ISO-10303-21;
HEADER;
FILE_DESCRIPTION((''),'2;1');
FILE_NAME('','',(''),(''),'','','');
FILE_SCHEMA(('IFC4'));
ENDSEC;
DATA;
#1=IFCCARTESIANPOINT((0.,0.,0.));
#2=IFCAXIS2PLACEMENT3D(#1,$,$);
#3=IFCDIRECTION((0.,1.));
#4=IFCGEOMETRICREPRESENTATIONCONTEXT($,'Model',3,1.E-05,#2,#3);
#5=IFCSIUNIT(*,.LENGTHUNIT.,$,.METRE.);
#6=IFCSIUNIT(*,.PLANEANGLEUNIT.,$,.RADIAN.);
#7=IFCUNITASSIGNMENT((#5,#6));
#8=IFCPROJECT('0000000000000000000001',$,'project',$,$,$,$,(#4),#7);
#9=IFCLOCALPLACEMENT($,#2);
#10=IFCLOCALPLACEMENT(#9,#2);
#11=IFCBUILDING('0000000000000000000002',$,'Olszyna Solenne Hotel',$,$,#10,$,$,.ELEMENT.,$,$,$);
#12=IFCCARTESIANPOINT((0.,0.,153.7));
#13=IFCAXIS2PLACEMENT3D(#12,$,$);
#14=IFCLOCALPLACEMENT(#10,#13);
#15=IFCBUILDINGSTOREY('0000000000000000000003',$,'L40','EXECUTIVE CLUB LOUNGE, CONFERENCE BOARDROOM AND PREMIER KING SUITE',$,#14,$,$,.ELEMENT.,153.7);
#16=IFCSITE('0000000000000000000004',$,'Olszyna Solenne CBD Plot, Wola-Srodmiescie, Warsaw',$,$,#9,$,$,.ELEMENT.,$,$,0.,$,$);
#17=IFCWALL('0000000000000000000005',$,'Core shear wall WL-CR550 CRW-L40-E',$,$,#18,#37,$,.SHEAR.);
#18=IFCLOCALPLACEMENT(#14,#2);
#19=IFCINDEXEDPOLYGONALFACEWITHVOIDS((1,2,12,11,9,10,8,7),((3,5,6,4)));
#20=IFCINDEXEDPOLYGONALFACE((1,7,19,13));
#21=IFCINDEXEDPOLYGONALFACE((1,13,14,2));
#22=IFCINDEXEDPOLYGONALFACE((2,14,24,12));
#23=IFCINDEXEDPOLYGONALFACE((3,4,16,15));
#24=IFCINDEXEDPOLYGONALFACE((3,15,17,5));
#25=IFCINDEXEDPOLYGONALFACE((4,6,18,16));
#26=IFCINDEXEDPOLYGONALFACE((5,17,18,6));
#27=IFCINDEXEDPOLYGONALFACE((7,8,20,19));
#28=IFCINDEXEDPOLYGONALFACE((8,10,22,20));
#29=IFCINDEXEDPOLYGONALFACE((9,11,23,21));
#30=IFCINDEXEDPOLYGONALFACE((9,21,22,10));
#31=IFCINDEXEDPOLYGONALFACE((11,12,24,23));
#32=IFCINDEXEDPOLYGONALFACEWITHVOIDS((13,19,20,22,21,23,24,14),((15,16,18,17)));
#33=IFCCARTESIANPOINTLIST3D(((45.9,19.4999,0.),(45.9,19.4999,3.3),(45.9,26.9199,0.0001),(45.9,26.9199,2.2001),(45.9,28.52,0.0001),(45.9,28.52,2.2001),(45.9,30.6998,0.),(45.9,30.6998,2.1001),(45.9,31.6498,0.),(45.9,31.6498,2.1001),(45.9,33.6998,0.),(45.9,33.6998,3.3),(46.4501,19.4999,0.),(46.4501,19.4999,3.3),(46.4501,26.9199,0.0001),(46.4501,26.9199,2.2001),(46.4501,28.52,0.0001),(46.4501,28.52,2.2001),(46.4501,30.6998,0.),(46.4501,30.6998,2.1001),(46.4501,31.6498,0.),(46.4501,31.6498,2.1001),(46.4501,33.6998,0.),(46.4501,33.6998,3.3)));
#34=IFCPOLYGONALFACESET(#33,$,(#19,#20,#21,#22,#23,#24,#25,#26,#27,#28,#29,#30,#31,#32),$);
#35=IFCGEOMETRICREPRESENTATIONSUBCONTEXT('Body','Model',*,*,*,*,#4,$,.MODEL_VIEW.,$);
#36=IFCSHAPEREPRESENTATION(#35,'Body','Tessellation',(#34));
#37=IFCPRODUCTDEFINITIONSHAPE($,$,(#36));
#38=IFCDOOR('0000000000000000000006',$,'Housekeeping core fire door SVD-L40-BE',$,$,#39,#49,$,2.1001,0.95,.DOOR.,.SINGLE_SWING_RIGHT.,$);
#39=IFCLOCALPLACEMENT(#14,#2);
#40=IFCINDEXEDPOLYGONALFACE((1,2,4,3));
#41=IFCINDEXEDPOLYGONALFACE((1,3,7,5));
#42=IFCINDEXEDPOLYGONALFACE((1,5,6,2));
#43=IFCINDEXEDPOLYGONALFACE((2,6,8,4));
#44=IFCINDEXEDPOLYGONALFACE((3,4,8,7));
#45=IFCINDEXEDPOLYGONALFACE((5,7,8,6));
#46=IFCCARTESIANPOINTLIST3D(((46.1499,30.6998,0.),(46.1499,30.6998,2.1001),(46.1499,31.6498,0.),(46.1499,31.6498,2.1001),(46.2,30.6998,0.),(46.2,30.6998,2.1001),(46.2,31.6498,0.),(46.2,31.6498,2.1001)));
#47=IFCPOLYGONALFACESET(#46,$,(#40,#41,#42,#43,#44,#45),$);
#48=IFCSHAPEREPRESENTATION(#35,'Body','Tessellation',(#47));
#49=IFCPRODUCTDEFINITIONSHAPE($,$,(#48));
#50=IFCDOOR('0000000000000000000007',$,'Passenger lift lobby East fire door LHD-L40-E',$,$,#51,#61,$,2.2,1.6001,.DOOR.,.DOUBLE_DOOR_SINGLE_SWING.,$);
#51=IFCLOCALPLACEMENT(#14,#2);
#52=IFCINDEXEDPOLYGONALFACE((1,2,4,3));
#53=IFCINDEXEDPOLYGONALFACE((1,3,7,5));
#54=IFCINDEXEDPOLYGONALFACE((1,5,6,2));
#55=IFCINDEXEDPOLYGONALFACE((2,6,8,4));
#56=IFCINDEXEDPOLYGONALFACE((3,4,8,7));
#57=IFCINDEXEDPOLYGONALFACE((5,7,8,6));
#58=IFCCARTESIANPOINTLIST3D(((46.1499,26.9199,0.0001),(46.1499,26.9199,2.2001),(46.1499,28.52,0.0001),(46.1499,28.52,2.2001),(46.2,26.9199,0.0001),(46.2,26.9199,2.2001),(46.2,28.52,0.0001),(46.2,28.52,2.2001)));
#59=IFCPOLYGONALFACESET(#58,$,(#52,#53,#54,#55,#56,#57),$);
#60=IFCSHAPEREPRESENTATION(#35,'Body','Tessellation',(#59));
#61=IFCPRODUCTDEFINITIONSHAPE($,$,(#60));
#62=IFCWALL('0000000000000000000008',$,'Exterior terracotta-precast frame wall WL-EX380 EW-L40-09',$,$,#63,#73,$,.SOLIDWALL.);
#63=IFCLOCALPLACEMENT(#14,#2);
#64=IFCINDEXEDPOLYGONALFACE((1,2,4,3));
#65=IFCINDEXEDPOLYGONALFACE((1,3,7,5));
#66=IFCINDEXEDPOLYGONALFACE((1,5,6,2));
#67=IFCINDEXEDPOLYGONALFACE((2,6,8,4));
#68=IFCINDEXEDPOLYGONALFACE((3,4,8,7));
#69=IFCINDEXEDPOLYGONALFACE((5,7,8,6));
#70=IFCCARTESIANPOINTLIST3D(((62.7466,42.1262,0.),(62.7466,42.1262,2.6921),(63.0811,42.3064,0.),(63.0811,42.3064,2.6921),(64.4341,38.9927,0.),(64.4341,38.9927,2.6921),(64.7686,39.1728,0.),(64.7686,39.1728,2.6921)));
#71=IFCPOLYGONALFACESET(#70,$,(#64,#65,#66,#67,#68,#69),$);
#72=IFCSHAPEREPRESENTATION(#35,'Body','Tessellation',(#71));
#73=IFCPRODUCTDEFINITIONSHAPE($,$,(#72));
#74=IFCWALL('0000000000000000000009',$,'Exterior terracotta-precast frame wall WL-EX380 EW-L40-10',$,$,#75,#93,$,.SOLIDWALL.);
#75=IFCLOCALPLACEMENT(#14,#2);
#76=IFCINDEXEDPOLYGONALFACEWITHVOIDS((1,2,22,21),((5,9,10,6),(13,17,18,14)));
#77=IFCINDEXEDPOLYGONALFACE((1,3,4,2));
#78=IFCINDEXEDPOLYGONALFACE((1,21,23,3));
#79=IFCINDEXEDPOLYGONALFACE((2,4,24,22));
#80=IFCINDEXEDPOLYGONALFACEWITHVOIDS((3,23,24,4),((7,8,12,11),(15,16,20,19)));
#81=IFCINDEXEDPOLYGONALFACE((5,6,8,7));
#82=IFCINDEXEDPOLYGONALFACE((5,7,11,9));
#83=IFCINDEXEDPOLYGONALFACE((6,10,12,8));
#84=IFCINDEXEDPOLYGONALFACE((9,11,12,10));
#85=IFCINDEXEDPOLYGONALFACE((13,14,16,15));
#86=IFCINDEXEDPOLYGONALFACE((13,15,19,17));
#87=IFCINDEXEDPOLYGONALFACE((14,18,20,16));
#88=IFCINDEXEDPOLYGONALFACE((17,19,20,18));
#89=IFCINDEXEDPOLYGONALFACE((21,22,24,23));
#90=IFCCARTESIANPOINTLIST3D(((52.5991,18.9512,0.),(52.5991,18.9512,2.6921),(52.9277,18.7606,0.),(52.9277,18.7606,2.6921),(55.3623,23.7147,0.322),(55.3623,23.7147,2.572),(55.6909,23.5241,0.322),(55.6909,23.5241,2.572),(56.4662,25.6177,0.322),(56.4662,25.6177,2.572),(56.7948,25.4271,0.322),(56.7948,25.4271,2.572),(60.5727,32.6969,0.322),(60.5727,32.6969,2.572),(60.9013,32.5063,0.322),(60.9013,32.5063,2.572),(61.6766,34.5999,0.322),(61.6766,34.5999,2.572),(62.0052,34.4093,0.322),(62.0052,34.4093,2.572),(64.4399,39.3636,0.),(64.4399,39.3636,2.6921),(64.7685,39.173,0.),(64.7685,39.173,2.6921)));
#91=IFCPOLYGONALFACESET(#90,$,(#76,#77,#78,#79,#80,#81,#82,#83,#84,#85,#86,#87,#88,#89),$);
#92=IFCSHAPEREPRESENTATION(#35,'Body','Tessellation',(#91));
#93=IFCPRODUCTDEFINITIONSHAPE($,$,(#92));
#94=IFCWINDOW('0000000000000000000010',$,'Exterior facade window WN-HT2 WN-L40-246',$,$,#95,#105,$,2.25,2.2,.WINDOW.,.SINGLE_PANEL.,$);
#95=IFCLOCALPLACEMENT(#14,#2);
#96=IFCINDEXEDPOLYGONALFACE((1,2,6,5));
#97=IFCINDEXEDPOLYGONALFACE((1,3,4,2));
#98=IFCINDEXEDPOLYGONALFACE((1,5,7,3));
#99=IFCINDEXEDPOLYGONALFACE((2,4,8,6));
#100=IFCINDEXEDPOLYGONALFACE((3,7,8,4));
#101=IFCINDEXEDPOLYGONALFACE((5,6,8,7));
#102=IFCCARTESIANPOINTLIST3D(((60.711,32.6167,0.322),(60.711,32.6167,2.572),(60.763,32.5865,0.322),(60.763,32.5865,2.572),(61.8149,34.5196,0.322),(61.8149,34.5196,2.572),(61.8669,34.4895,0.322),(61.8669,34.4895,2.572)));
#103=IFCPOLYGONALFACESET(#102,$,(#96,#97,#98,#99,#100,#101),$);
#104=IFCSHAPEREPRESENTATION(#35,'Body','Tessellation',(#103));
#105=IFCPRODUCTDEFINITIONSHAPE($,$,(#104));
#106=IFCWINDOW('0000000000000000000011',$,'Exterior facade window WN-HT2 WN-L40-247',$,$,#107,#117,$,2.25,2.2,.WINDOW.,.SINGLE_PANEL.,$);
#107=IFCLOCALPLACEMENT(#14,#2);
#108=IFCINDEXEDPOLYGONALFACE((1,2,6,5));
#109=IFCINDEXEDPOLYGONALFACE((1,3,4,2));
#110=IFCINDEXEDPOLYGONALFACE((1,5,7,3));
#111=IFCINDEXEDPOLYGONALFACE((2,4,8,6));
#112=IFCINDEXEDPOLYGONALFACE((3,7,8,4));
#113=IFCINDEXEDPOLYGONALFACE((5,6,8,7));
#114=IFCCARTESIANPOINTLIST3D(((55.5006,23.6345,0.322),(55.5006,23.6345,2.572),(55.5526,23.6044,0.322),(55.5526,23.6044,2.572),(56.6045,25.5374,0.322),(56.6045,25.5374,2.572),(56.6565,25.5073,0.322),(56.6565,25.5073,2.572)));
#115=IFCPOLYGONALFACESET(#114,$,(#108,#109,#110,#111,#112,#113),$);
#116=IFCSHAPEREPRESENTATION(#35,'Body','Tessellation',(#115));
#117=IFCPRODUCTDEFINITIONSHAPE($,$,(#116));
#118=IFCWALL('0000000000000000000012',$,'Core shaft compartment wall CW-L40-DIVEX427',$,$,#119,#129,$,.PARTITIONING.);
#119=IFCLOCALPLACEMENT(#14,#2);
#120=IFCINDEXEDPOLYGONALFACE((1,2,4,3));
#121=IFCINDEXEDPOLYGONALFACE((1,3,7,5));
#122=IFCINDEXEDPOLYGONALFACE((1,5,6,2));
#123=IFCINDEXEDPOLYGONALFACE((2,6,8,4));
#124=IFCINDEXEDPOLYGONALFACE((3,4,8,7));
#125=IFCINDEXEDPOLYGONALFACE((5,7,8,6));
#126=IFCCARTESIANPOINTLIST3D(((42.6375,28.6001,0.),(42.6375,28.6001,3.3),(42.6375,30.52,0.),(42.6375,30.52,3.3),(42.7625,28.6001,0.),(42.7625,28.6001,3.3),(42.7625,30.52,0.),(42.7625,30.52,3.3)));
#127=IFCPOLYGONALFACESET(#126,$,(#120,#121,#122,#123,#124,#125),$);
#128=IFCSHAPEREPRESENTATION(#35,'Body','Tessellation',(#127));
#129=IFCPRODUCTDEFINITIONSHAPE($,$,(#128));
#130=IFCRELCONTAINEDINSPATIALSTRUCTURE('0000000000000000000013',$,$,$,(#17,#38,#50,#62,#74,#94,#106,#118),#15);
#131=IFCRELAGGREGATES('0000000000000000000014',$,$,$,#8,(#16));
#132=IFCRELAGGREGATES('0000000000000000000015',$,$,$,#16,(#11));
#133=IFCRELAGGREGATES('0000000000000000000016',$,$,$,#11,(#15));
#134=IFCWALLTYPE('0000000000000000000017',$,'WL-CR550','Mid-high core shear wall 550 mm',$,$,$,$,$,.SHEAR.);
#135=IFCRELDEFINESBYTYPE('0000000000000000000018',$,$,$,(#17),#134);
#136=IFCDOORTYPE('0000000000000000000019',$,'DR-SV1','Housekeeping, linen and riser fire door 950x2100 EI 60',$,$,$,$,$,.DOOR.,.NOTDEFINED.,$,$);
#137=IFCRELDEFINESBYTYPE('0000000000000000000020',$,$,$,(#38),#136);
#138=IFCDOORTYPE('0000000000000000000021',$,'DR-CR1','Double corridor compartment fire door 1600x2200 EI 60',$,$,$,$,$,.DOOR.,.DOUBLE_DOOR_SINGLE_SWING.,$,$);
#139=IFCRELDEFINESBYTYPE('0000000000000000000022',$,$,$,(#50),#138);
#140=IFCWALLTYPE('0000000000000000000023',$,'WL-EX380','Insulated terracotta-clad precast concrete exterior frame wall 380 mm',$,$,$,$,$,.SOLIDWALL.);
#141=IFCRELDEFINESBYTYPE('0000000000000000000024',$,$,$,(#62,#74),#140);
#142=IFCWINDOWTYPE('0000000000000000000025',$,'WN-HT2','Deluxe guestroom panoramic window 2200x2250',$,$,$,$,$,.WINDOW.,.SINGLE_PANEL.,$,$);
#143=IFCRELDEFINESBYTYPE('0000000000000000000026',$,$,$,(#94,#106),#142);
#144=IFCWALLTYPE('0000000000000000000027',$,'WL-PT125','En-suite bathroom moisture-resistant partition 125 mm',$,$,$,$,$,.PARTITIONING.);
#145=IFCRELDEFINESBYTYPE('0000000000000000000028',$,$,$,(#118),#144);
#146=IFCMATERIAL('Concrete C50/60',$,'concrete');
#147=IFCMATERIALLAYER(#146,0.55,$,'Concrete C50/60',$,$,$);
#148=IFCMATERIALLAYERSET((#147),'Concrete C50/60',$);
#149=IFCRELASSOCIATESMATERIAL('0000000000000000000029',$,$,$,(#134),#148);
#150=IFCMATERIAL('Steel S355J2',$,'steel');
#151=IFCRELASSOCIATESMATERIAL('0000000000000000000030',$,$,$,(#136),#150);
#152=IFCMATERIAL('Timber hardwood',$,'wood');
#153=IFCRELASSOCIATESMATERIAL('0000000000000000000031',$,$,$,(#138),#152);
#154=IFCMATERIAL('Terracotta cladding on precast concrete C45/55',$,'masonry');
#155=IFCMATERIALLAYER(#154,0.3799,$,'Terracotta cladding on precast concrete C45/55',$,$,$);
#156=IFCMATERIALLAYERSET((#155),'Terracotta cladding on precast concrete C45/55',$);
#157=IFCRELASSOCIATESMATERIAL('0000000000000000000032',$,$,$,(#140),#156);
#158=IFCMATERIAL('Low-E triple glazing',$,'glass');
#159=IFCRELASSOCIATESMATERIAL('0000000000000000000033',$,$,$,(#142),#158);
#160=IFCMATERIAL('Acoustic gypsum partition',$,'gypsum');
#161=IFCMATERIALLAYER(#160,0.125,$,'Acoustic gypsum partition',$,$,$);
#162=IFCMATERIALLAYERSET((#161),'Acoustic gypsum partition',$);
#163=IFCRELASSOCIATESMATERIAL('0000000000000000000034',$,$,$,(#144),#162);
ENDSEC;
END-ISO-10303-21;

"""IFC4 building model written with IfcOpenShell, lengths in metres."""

from ifc_helpers import new_model, si_unit, direction, frame, frame_2d, origin, place, context, subcontext, project, spatial, rectangle, extrude, source, transform, mapped, material, layer, layer_set, type_object, type_shapes, element, fill, save


model = new_model("IFC4")

# Units and contexts
model_context = context("Model", 3, precision=1e-05, world=origin(), true_north=direction((0.0, 1.0)))
body_context = subcontext(model_context, "Body", "Model", "MODEL_VIEW")
ifc_project = project(units=[si_unit("LENGTHUNIT", "METRE"), si_unit("PLANEANGLEUNIT", "RADIAN")], contexts=[model_context])

# Site, building, storey
site_placement = place(None, origin())
site = spatial("IfcSite", under=ifc_project, at=site_placement, Name="Olszyna Solenne CBD Plot, Wola-Srodmiescie, Warsaw", CompositionType="ELEMENT", RefElevation=0.0)
building_placement = place(site_placement, origin())
building = spatial("IfcBuilding", under=site, at=building_placement, Name="Olszyna Solenne Hotel", CompositionType="ELEMENT")
storey_placement = place(building_placement, frame((0.0, 0.0, 153.7)))
storey = spatial("IfcBuildingStorey", under=building, at=storey_placement, Name="L40", Description="EXECUTIVE CLUB LOUNGE, CONFERENCE BOARDROOM AND PREMIER KING SUITE", CompositionType="ELEMENT", Elevation=153.7)

# Shared definitions
ifc_material_1 = material(Name="Steel S355J2", Category="steel")

# Wall, openings, doors
ifc_material_2 = material(Name="Concrete C50/60", Category="concrete")
ifc_layer_1 = layer(ifc_material_2, 0.55, Name="Concrete C50/60")
ifc_layer_set_1 = layer_set([ifc_layer_1], Name="Concrete C50/60")
wall_type_1 = type_object("IfcWallType", Name="WL-CR550", Description="Mid-high core shear wall 550 mm", PredefinedType="SHEAR", material=ifc_layer_set_1)
wall_1_placement = place(storey_placement, frame((46.175, 33.7, 0.0), z_axis=(0.0, 0.0, 1.0), x_axis=(0.0, -1.0, 0.0)))
wall_1 = element("IfcWall", 1, at=wall_1_placement, inside=storey, type_object=wall_type_1, Name="Core shear wall WL-CR550 CRW-L40-E", PredefinedType="SHEAR", context=body_context, shape_type="SweptSolid", body=[
    extrude(rectangle(XDim=14.2, YDim=0.55, at=frame_2d((7.1001, 0.0))), origin(), (0.0, 0.0, 1.0), 3.3),
])
opening_1_placement = place(wall_1_placement, frame((5.1799, 0.0, 0.0)))
opening_1 = element("IfcOpeningElement", 2, at=opening_1_placement, cuts=wall_1, PredefinedType="OPENING", context=body_context, shape_type="SweptSolid", body=[
    extrude(rectangle(XDim=1.6001, YDim=2.2, at=frame_2d((0.8, 1.1001))), frame((0.0, 0.2852, 0.0), z_axis=(0.0, -1.0, 0.0), x_axis=(1.0, 0.0, 0.0)), (0.0, 0.0, 1.0), 0.5701),
])
opening_2_placement = place(wall_1_placement, frame((2.05, 0.0, 0.0)))
opening_2 = element("IfcOpeningElement", 3, at=opening_2_placement, cuts=wall_1, PredefinedType="OPENING", context=body_context, shape_type="SweptSolid", body=[
    extrude(rectangle(XDim=0.95, YDim=2.1001, at=frame_2d((0.4751, 1.05))), frame((0.0, 0.2852, 0.0), z_axis=(0.0, -1.0, 0.0), x_axis=(1.0, 0.0, 0.0)), (0.0, 0.0, 1.0), 0.5701),
])
door_type_1 = type_object("IfcDoorType", Name="DR-SV1", Description="Housekeeping, linen and riser fire door 950x2100 EI 60", OperationType="NOTDEFINED", PredefinedType="DOOR", material=ifc_material_1)
shared_shape_1 = source(origin(), body_context, "Body", "SweptSolid", [
    extrude(rectangle(XDim=0.95, YDim=2.1001, at=frame_2d((0.4751, 1.05))), frame((0.0, 0.0249, 0.0), z_axis=(0.0, -1.0, 0.0), x_axis=(1.0, 0.0, 0.0)), (0.0, 0.0, 1.0), 0.05),
])
type_shapes(door_type_1, [shared_shape_1])
door_1_placement = place(opening_2_placement, origin())
door_1 = element("IfcDoor", 4, at=door_1_placement, inside=storey, type_object=door_type_1, Name="Housekeeping core fire door SVD-L40-BE", OperationType="SINGLE_SWING_RIGHT", OverallHeight=2.1001, OverallWidth=0.95, PredefinedType="DOOR", context=body_context, shape_type="MappedRepresentation", body=[
    mapped(shared_shape_1, transform((0.0, 0.0, 0.0), x_axis=(1.0, 0.0, 0.0), y_axis=(0.0, 1.0, 0.0), z_axis=(0.0, 0.0, 1.0), scale=1.0)),
])
fill(opening_2, door_1)
ifc_material_3 = material(Name="Timber hardwood", Category="wood")
door_type_2 = type_object("IfcDoorType", Name="DR-CR1", Description="Double corridor compartment fire door 1600x2200 EI 60", OperationType="DOUBLE_DOOR_SINGLE_SWING", PredefinedType="DOOR", material=ifc_material_3)
shared_shape_2 = source(origin(), body_context, "Body", "SweptSolid", [
    extrude(rectangle(XDim=1.6001, YDim=2.2, at=frame_2d((0.8, 1.1001))), frame((0.0, 0.0249, 0.0), z_axis=(0.0, -1.0, 0.0), x_axis=(1.0, 0.0, 0.0)), (0.0, 0.0, 1.0), 0.05),
])
type_shapes(door_type_2, [shared_shape_2])
door_2_placement = place(opening_1_placement, origin())
door_2 = element("IfcDoor", 5, at=door_2_placement, inside=storey, type_object=door_type_2, Name="Passenger lift lobby East fire door LHD-L40-E", OperationType="DOUBLE_DOOR_SINGLE_SWING", OverallHeight=2.2, OverallWidth=1.6001, PredefinedType="DOOR", context=body_context, shape_type="MappedRepresentation", body=[
    mapped(shared_shape_2, transform((0.0, 0.0, 0.0), x_axis=(1.0, 0.0, 0.0), y_axis=(0.0, 1.0, 0.0), z_axis=(0.0, 0.0, 1.0), scale=1.0)),
])
fill(opening_1, door_2)

# Wall
ifc_material_4 = material(Name="Terracotta cladding on precast concrete C45/55", Category="masonry")
ifc_layer_2 = layer(ifc_material_4, 0.3799, Name="Terracotta cladding on precast concrete C45/55")
ifc_layer_set_2 = layer_set([ifc_layer_2], Name="Terracotta cladding on precast concrete C45/55")
wall_type_2 = type_object("IfcWallType", Name="WL-EX380", Description="Insulated terracotta-clad precast concrete exterior frame wall 380 mm", PredefinedType="SOLIDWALL", material=ifc_layer_set_2)
wall_2_placement = place(storey_placement, frame((62.9138, 42.2163, 0.0), z_axis=(0.0, 0.0, 1.0), x_axis=(0.474145, -0.880447, 0.0)))
element("IfcWall", 6, at=wall_2_placement, inside=storey, type_object=wall_type_2, Name="Exterior terracotta-precast frame wall WL-EX380 EW-L40-09", PredefinedType="SOLIDWALL", context=body_context, shape_type="SweptSolid", body=[
    extrude(rectangle(XDim=3.5591, YDim=0.3799, at=frame_2d((1.7795, 0.0))), origin(), (0.0, 0.0, 1.0), 2.6921),
])

# Wall, openings, windows
wall_3_placement = place(storey_placement, frame((64.6042, 39.2683, 0.0), z_axis=(0.0, 0.0, 1.0), x_axis=(-0.501771, -0.865001, 0.0)))
wall_3 = element("IfcWall", 7, at=wall_3_placement, inside=storey, type_object=wall_type_2, Name="Exterior terracotta-precast frame wall WL-EX380 EW-L40-10", PredefinedType="SOLIDWALL", context=body_context, shape_type="SweptSolid", body=[
    extrude(rectangle(XDim=23.5981, YDim=0.3799, at=frame_2d((11.7991, 0.0))), origin(), (0.0, 0.0, 1.0), 2.6921),
])
opening_3_placement = place(wall_3_placement, frame((5.5071, 0.0, 0.322)))
opening_3 = element("IfcOpeningElement", 8, at=opening_3_placement, cuts=wall_3, PredefinedType="OPENING", context=body_context, shape_type="SweptSolid", body=[
    extrude(rectangle(XDim=2.2, YDim=2.25, at=frame_2d((1.1001, 1.125))), frame((0.0, 0.2, 0.0), z_axis=(0.0, -1.0, 0.0), x_axis=(1.0, 0.0, 0.0)), (0.0, 0.0, 1.0), 0.3999),
])
opening_4_placement = place(wall_3_placement, frame((15.8911, 0.0, 0.322)))
opening_4 = element("IfcOpeningElement", 9, at=opening_4_placement, cuts=wall_3, PredefinedType="OPENING", context=body_context, shape_type="SweptSolid", body=[
    extrude(rectangle(XDim=2.2, YDim=2.25, at=frame_2d((1.1001, 1.125))), frame((0.0, 0.2, 0.0), z_axis=(0.0, -1.0, 0.0), x_axis=(1.0, 0.0, 0.0)), (0.0, 0.0, 1.0), 0.3999),
])
ifc_material_5 = material(Name="Low-E triple glazing", Category="glass")
window_type = type_object("IfcWindowType", Name="WN-HT2", Description="Deluxe guestroom panoramic window 2200x2250", PartitioningType="SINGLE_PANEL", PredefinedType="WINDOW", material=ifc_material_5)
shared_shape_3 = source(origin(), body_context, "Body", "SweptSolid", [
    extrude(rectangle(XDim=2.2, YDim=2.25, at=frame_2d((1.1001, 1.125))), frame((0.0, 0.03, 0.0), z_axis=(0.0, -1.0, 0.0), x_axis=(1.0, 0.0, 0.0)), (0.0, 0.0, 1.0), 0.0601),
])
type_shapes(window_type, [shared_shape_3])
window_1_placement = place(opening_3_placement, origin())
window_1 = element("IfcWindow", 10, at=window_1_placement, inside=storey, type_object=window_type, Name="Exterior facade window WN-HT2 WN-L40-246", OverallHeight=2.25, OverallWidth=2.2, PartitioningType="SINGLE_PANEL", PredefinedType="WINDOW", context=body_context, shape_type="MappedRepresentation", body=[
    mapped(shared_shape_3, transform((0.0, 0.0, 0.0), x_axis=(1.0, 0.0, 0.0), y_axis=(0.0, 1.0, 0.0), z_axis=(0.0, 0.0, 1.0), scale=1.0)),
])
fill(opening_3, window_1)
window_2_placement = place(opening_4_placement, origin())
window_2 = element("IfcWindow", 11, at=window_2_placement, inside=storey, type_object=window_type, Name="Exterior facade window WN-HT2 WN-L40-247", OverallHeight=2.25, OverallWidth=2.2, PartitioningType="SINGLE_PANEL", PredefinedType="WINDOW", context=body_context, shape_type="MappedRepresentation", body=[
    mapped(shared_shape_3, transform((0.0, 0.0, 0.0), x_axis=(1.0, 0.0, 0.0), y_axis=(0.0, 1.0, 0.0), z_axis=(0.0, 0.0, 1.0), scale=1.0)),
])
fill(opening_4, window_2)

# Wall
ifc_material_6 = material(Name="Acoustic gypsum partition", Category="gypsum")
ifc_layer_3 = layer(ifc_material_6, 0.125, Name="Acoustic gypsum partition")
ifc_layer_set_3 = layer_set([ifc_layer_3], Name="Acoustic gypsum partition")
wall_type_3 = type_object("IfcWallType", Name="WL-PT125", Description="En-suite bathroom moisture-resistant partition 125 mm", PredefinedType="PARTITIONING", material=ifc_layer_set_3)
wall_4_placement = place(storey_placement, frame((42.7, 28.6001, 0.0), z_axis=(0.0, 0.0, 1.0), x_axis=(0.0, 1.0, 0.0)))
element("IfcWall", 12, at=wall_4_placement, inside=storey, type_object=wall_type_3, Name="Core shaft compartment wall CW-L40-DIVEX427", PredefinedType="PARTITIONING", context=body_context, shape_type="SweptSolid", body=[
    extrude(rectangle(XDim=1.9199, YDim=0.125, at=frame_2d((0.96, 0.0))), origin(), (0.0, 0.0, 1.0), 3.3),
])

save(model, "model.ifc")
